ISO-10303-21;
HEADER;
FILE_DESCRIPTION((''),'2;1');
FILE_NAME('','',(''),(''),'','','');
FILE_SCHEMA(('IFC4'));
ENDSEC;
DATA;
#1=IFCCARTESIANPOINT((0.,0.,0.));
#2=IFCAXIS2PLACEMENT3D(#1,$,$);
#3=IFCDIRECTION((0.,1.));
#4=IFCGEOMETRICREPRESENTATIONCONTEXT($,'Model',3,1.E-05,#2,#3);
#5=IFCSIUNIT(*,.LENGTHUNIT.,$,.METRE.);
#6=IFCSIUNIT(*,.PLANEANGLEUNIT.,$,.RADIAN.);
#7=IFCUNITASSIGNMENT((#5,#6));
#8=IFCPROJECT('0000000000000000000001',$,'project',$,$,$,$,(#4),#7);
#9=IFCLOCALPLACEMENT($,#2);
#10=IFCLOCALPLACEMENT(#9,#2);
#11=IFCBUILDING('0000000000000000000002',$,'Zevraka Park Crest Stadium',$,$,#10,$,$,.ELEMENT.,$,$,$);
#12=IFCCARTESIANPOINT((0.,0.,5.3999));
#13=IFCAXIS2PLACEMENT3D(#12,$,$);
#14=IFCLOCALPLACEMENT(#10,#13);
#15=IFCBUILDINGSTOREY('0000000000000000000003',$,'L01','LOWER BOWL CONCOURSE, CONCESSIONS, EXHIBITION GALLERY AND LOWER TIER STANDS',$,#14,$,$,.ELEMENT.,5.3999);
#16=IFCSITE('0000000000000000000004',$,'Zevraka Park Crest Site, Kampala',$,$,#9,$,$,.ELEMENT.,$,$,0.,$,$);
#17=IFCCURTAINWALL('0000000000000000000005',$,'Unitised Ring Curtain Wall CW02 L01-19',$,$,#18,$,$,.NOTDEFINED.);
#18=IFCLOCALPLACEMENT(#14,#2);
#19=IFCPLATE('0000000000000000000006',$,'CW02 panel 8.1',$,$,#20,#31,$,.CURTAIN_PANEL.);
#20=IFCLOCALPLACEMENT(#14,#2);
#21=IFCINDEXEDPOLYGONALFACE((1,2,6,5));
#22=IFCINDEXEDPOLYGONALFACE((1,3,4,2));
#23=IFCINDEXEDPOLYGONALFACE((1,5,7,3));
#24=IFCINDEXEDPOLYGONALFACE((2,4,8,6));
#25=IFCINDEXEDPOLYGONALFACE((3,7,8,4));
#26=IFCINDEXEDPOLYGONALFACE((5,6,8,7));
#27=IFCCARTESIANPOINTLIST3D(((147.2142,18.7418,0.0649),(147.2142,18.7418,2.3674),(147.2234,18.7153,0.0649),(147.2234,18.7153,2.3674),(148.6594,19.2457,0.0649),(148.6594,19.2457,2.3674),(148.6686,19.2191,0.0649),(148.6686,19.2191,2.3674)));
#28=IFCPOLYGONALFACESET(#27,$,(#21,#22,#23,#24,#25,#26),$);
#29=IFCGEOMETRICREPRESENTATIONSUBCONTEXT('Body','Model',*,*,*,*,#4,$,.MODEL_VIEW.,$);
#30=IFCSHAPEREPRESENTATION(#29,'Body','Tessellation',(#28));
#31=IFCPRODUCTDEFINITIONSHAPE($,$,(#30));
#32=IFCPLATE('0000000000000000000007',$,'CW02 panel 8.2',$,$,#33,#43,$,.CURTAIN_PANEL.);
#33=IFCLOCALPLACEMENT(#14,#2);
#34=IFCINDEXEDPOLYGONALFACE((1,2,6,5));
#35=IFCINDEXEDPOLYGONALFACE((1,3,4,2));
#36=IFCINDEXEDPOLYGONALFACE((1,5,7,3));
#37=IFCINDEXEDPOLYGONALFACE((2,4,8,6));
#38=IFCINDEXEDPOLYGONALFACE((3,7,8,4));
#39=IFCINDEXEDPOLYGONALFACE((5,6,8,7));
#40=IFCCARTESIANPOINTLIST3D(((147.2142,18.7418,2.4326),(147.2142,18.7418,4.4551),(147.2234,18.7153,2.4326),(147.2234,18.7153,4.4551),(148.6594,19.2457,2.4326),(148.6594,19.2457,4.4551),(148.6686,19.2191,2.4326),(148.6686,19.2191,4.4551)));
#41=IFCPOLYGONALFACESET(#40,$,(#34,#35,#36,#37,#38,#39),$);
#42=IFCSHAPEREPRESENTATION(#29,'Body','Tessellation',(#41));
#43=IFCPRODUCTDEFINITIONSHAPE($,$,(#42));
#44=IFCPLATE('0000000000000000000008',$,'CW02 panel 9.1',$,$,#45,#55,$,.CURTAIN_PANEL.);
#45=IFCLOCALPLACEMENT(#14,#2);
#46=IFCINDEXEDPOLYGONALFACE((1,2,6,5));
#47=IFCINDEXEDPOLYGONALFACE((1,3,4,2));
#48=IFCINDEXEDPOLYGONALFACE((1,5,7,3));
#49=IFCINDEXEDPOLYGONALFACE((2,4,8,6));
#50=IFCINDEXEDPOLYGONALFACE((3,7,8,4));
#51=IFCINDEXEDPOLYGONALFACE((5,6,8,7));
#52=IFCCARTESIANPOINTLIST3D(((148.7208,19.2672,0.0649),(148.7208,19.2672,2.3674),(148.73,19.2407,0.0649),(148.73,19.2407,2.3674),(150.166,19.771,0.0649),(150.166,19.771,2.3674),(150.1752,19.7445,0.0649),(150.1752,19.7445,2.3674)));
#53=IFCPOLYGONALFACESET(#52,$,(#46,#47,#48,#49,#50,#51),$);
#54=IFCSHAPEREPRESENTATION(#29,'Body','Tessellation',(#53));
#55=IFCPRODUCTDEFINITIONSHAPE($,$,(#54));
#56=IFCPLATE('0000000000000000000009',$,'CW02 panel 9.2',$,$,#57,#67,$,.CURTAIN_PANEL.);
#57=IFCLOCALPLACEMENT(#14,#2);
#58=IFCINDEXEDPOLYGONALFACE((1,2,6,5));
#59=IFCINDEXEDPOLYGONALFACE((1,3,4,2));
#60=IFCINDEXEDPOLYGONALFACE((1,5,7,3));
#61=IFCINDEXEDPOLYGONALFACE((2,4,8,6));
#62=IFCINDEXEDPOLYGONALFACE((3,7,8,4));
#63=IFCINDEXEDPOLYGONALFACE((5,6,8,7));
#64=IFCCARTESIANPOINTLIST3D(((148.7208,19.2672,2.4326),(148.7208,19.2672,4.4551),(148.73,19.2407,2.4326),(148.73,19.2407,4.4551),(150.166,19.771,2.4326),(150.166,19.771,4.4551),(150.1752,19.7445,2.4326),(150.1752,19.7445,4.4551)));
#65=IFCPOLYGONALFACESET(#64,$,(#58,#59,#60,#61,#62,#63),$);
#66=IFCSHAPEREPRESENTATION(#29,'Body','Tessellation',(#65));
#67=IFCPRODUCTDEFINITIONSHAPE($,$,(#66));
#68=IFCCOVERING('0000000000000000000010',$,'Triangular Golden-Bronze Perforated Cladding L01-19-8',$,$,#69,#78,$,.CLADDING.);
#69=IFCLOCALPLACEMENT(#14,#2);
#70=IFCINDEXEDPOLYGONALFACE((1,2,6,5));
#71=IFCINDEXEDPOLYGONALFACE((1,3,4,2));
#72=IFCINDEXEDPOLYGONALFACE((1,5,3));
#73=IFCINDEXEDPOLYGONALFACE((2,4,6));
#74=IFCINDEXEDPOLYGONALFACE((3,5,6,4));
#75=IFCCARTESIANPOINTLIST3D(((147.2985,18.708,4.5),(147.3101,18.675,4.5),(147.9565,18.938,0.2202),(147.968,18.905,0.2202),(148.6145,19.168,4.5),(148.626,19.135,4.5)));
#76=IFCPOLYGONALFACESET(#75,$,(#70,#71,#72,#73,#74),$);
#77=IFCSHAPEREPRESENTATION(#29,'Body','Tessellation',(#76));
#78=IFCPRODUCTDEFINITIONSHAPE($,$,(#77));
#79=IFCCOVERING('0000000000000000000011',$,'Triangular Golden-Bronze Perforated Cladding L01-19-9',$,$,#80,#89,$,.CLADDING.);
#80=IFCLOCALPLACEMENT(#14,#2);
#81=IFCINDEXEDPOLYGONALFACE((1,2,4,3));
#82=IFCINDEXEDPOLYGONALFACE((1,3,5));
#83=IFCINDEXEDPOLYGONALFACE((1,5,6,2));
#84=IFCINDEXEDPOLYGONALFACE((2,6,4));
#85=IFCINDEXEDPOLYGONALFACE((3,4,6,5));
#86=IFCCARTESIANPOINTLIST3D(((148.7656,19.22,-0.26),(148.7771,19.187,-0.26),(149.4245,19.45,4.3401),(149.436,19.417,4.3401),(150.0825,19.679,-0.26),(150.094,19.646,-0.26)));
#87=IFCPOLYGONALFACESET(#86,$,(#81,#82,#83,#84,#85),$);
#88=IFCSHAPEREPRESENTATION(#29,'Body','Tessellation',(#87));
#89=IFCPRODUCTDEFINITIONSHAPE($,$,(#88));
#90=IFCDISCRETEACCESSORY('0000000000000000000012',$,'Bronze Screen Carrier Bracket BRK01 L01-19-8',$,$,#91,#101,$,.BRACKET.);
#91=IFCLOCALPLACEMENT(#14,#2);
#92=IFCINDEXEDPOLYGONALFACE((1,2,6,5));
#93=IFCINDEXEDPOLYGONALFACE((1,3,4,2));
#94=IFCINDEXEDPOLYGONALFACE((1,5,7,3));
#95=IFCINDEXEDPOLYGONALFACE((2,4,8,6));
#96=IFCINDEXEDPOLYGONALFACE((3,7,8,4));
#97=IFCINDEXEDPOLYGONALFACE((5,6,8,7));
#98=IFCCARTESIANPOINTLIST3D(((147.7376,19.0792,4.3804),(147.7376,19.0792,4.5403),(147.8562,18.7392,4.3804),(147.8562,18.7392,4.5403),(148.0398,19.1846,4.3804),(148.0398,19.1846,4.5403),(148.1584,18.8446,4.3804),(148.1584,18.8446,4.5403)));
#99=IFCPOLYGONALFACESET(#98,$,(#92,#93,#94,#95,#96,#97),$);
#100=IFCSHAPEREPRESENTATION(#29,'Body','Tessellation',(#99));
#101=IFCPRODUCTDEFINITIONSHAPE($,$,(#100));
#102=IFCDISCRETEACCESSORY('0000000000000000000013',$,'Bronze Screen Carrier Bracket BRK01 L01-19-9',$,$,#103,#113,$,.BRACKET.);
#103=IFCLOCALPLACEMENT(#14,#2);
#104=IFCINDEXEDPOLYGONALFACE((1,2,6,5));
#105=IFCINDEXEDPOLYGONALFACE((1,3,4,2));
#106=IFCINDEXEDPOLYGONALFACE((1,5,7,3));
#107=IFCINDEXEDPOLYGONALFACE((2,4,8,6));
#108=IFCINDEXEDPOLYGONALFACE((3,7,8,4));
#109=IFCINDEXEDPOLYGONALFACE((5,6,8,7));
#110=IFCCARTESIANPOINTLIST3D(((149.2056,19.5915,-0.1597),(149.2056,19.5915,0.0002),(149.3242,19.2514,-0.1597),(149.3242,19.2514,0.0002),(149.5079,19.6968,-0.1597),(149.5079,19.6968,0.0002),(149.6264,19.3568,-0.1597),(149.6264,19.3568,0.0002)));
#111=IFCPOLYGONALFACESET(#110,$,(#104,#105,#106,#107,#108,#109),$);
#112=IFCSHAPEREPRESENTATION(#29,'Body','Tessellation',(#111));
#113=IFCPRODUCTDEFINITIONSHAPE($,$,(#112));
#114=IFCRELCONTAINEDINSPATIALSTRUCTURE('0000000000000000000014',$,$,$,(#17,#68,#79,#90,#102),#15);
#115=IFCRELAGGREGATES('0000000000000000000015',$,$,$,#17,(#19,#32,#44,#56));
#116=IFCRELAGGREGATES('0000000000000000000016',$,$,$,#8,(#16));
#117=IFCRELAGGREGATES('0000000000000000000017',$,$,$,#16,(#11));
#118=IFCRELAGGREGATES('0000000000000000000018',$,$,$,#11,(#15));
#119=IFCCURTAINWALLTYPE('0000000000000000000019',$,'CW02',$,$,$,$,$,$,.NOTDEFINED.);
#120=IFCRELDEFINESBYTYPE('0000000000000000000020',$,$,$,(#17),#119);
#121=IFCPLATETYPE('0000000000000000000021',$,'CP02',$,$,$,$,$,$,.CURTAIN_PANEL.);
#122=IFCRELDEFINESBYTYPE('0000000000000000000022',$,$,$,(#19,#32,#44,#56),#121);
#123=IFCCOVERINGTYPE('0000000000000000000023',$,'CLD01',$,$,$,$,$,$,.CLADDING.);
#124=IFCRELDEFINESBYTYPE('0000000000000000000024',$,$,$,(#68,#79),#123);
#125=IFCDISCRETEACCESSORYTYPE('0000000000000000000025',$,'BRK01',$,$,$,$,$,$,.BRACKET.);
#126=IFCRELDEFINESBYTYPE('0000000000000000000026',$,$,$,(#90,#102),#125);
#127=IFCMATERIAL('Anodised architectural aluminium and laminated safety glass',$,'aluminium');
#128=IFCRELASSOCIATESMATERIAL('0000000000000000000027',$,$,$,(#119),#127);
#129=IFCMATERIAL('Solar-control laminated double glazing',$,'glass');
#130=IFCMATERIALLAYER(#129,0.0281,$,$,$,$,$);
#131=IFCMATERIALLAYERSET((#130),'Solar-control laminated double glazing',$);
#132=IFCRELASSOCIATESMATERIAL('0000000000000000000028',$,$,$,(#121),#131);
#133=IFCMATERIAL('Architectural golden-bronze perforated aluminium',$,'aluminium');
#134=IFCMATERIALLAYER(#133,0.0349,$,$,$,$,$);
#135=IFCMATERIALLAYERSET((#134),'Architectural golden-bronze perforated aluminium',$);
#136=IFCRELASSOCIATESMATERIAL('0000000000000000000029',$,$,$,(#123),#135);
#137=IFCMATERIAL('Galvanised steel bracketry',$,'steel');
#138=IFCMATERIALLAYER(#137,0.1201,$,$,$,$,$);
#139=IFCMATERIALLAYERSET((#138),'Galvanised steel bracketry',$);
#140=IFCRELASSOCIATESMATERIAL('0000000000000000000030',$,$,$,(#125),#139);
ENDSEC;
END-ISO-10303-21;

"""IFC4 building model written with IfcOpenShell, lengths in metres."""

from ifc_helpers import new_model, si_unit, direction, frame, origin, origin_2d, place, context, subcontext, project, spatial, polyline, rectangle, outline, extrude, material, layer, layer_set, type_object, element, aggregate, save


model = new_model("IFC4")

# Units and contexts
model_context = context("Model", 3, precision=1e-05, world=origin(), true_north=direction((0.0, 1.0)))
body_context = subcontext(model_context, "Body", "Model", "MODEL_VIEW")
ifc_project = project(units=[si_unit("LENGTHUNIT", "METRE"), si_unit("PLANEANGLEUNIT", "RADIAN")], contexts=[model_context])

# Site, building, storey
site_placement = place(None, origin())
site = spatial("IfcSite", under=ifc_project, at=site_placement, Name="Zevraka Park Crest Site, Kampala", CompositionType="ELEMENT", RefElevation=0.0)
building_placement = place(site_placement, origin())
building = spatial("IfcBuilding", under=site, at=building_placement, Name="Zevraka Park Crest Stadium", CompositionType="ELEMENT")
storey_placement = place(building_placement, frame((0.0, 0.0, 5.3999)))
storey = spatial("IfcBuildingStorey", under=building, at=storey_placement, Name="L01", Description="LOWER BOWL CONCOURSE, CONCESSIONS, EXHIBITION GALLERY AND LOWER TIER STANDS", CompositionType="ELEMENT", Elevation=5.3999)

# Curtain wall, plates
ifc_material_1 = material(Name="Anodised architectural aluminium and laminated safety glass", Category="aluminium")
curtain_wall_type = type_object("IfcCurtainWallType", Name="CW02", PredefinedType="NOTDEFINED", material=ifc_material_1)
curtain_wall_placement = place(storey_placement, origin())
curtain_wall = element("IfcCurtainWall", 1, at=curtain_wall_placement, inside=storey, type_object=curtain_wall_type, Name="Unitised Ring Curtain Wall CW02 L01-19", PredefinedType="NOTDEFINED")
ifc_material_2 = material(Name="Solar-control laminated double glazing", Category="glass")
ifc_layer_1 = layer(ifc_material_2, 0.0281)
ifc_layer_set_1 = layer_set([ifc_layer_1], Name="Solar-control laminated double glazing")
plate_type = type_object("IfcPlateType", Name="CP02", PredefinedType="CURTAIN_PANEL", material=ifc_layer_set_1)
plate_1_placement = place(storey_placement, frame((147.9414, 18.9805, 0.0649), z_axis=(0.0, 0.0, 1.0), x_axis=(0.944257, 0.329209, 0.0)))
plate_1 = element("IfcPlate", 2, at=plate_1_placement, type_object=plate_type, Name="CW02 panel 8.1", PredefinedType="CURTAIN_PANEL", context=body_context, shape_type="SweptSolid", body=[
    extrude(rectangle(XDim=1.5305, YDim=0.0281, at=origin_2d()), origin(), (0.0, 0.0, 1.0), 2.3025),
])
plate_2_placement = place(storey_placement, frame((147.9414, 18.9805, 2.4326), z_axis=(0.0, 0.0, 1.0), x_axis=(0.944257, 0.329209, 0.0)))
plate_2 = element("IfcPlate", 3, at=plate_2_placement, type_object=plate_type, Name="CW02 panel 8.2", PredefinedType="CURTAIN_PANEL", context=body_context, shape_type="SweptSolid", body=[
    extrude(rectangle(XDim=1.5305, YDim=0.0281, at=origin_2d()), origin(), (0.0, 0.0, 1.0), 2.0225),
])
plate_3_placement = place(storey_placement, frame((149.448, 19.5059, 0.0649), z_axis=(0.0, 0.0, 1.0), x_axis=(0.944257, 0.329209, 0.0)))
plate_3 = element("IfcPlate", 4, at=plate_3_placement, type_object=plate_type, Name="CW02 panel 9.1", PredefinedType="CURTAIN_PANEL", context=body_context, shape_type="SweptSolid", body=[
    extrude(rectangle(XDim=1.5305, YDim=0.0281, at=origin_2d()), origin(), (0.0, 0.0, 1.0), 2.3025),
])
plate_4_placement = place(storey_placement, frame((149.448, 19.5059, 2.4326), z_axis=(0.0, 0.0, 1.0), x_axis=(0.944257, 0.329209, 0.0)))
plate_4 = element("IfcPlate", 5, at=plate_4_placement, type_object=plate_type, Name="CW02 panel 9.2", PredefinedType="CURTAIN_PANEL", context=body_context, shape_type="SweptSolid", body=[
    extrude(rectangle(XDim=1.5305, YDim=0.0281, at=origin_2d()), origin(), (0.0, 0.0, 1.0), 2.0225),
])
aggregate(curtain_wall, [plate_1, plate_2, plate_3, plate_4])

# Coverings
ifc_material_3 = material(Name="Architectural golden-bronze perforated aluminium", Category="aluminium")
ifc_layer_2 = layer(ifc_material_3, 0.0349)
ifc_layer_set_2 = layer_set([ifc_layer_2], Name="Architectural golden-bronze perforated aluminium")
covering_type = type_object("IfcCoveringType", Name="CLD01", PredefinedType="CLADDING", material=ifc_layer_set_2)
covering_1_placement = place(storey_placement, frame((148.626, 19.135, 4.5), z_axis=(0.32996, -0.943995, 0.0), x_axis=(-0.943995, -0.32996, 0.0)))
element("IfcCovering", 6, at=covering_1_placement, inside=storey, type_object=covering_type, Name="Triangular Golden-Bronze Perforated Cladding L01-19-8", PredefinedType="CLADDING", context=body_context, shape_type="SweptSolid", body=[
    extrude(outline(polyline([(0.0, 0.0), (1.394, 0.0), (0.697, 4.2798), (0.0, 0.0)])), origin(), (0.0, 0.0, -1.0), 0.0349),
])
covering_2_placement = place(storey_placement, frame((148.7771, 19.187, -0.26), z_axis=(0.329118, -0.944289, 0.000065), x_axis=(0.944289, 0.329118, 0.0)))
element("IfcCovering", 7, at=covering_2_placement, inside=storey, type_object=covering_type, Name="Triangular Golden-Bronze Perforated Cladding L01-19-9", PredefinedType="CLADDING", context=body_context, shape_type="SweptSolid", body=[
    extrude(outline(polyline([(0.0, 0.0), (1.3946, 0.0), (0.6979, 4.6001), (0.0, 0.0)])), origin(), (0.0, 0.0, -1.0), 0.0349),
])

# Discrete accessories
ifc_material_4 = material(Name="Galvanised steel bracketry", Category="steel")
ifc_layer_3 = layer(ifc_material_4, 0.1201)
ifc_layer_set_3 = layer_set([ifc_layer_3], Name="Galvanised steel bracketry")
discrete_accessory_type = type_object("IfcDiscreteAccessoryType", Name="BRK01", PredefinedType="BRACKET", material=ifc_layer_set_3)
for number, where, z_axis, x_axis, name in (
    (8, (147.948, 18.9619, 4.3804), (0.0, 0.0, 1.0), (0.944262, 0.329196, 0.0), "Bronze Screen Carrier Bracket BRK01 L01-19-8"),
    (9, (149.416, 19.4741, -0.1597), (0.0, 0.0, 1.0), (0.944262, 0.329196, 0.0), "Bronze Screen Carrier Bracket BRK01 L01-19-9"),
):
    element("IfcDiscreteAccessory", number, at=place(storey_placement, frame(where, z_axis=z_axis, x_axis=x_axis)), inside=storey, type_object=discrete_accessory_type, Name=name, PredefinedType="BRACKET", context=body_context, shape_type="SweptSolid", body=[
        extrude(rectangle(XDim=0.3201, YDim=0.3601, at=origin_2d()), origin(), (0.0, 0.0, 1.0), 0.1599),
    ])

save(model, "model.ifc")
